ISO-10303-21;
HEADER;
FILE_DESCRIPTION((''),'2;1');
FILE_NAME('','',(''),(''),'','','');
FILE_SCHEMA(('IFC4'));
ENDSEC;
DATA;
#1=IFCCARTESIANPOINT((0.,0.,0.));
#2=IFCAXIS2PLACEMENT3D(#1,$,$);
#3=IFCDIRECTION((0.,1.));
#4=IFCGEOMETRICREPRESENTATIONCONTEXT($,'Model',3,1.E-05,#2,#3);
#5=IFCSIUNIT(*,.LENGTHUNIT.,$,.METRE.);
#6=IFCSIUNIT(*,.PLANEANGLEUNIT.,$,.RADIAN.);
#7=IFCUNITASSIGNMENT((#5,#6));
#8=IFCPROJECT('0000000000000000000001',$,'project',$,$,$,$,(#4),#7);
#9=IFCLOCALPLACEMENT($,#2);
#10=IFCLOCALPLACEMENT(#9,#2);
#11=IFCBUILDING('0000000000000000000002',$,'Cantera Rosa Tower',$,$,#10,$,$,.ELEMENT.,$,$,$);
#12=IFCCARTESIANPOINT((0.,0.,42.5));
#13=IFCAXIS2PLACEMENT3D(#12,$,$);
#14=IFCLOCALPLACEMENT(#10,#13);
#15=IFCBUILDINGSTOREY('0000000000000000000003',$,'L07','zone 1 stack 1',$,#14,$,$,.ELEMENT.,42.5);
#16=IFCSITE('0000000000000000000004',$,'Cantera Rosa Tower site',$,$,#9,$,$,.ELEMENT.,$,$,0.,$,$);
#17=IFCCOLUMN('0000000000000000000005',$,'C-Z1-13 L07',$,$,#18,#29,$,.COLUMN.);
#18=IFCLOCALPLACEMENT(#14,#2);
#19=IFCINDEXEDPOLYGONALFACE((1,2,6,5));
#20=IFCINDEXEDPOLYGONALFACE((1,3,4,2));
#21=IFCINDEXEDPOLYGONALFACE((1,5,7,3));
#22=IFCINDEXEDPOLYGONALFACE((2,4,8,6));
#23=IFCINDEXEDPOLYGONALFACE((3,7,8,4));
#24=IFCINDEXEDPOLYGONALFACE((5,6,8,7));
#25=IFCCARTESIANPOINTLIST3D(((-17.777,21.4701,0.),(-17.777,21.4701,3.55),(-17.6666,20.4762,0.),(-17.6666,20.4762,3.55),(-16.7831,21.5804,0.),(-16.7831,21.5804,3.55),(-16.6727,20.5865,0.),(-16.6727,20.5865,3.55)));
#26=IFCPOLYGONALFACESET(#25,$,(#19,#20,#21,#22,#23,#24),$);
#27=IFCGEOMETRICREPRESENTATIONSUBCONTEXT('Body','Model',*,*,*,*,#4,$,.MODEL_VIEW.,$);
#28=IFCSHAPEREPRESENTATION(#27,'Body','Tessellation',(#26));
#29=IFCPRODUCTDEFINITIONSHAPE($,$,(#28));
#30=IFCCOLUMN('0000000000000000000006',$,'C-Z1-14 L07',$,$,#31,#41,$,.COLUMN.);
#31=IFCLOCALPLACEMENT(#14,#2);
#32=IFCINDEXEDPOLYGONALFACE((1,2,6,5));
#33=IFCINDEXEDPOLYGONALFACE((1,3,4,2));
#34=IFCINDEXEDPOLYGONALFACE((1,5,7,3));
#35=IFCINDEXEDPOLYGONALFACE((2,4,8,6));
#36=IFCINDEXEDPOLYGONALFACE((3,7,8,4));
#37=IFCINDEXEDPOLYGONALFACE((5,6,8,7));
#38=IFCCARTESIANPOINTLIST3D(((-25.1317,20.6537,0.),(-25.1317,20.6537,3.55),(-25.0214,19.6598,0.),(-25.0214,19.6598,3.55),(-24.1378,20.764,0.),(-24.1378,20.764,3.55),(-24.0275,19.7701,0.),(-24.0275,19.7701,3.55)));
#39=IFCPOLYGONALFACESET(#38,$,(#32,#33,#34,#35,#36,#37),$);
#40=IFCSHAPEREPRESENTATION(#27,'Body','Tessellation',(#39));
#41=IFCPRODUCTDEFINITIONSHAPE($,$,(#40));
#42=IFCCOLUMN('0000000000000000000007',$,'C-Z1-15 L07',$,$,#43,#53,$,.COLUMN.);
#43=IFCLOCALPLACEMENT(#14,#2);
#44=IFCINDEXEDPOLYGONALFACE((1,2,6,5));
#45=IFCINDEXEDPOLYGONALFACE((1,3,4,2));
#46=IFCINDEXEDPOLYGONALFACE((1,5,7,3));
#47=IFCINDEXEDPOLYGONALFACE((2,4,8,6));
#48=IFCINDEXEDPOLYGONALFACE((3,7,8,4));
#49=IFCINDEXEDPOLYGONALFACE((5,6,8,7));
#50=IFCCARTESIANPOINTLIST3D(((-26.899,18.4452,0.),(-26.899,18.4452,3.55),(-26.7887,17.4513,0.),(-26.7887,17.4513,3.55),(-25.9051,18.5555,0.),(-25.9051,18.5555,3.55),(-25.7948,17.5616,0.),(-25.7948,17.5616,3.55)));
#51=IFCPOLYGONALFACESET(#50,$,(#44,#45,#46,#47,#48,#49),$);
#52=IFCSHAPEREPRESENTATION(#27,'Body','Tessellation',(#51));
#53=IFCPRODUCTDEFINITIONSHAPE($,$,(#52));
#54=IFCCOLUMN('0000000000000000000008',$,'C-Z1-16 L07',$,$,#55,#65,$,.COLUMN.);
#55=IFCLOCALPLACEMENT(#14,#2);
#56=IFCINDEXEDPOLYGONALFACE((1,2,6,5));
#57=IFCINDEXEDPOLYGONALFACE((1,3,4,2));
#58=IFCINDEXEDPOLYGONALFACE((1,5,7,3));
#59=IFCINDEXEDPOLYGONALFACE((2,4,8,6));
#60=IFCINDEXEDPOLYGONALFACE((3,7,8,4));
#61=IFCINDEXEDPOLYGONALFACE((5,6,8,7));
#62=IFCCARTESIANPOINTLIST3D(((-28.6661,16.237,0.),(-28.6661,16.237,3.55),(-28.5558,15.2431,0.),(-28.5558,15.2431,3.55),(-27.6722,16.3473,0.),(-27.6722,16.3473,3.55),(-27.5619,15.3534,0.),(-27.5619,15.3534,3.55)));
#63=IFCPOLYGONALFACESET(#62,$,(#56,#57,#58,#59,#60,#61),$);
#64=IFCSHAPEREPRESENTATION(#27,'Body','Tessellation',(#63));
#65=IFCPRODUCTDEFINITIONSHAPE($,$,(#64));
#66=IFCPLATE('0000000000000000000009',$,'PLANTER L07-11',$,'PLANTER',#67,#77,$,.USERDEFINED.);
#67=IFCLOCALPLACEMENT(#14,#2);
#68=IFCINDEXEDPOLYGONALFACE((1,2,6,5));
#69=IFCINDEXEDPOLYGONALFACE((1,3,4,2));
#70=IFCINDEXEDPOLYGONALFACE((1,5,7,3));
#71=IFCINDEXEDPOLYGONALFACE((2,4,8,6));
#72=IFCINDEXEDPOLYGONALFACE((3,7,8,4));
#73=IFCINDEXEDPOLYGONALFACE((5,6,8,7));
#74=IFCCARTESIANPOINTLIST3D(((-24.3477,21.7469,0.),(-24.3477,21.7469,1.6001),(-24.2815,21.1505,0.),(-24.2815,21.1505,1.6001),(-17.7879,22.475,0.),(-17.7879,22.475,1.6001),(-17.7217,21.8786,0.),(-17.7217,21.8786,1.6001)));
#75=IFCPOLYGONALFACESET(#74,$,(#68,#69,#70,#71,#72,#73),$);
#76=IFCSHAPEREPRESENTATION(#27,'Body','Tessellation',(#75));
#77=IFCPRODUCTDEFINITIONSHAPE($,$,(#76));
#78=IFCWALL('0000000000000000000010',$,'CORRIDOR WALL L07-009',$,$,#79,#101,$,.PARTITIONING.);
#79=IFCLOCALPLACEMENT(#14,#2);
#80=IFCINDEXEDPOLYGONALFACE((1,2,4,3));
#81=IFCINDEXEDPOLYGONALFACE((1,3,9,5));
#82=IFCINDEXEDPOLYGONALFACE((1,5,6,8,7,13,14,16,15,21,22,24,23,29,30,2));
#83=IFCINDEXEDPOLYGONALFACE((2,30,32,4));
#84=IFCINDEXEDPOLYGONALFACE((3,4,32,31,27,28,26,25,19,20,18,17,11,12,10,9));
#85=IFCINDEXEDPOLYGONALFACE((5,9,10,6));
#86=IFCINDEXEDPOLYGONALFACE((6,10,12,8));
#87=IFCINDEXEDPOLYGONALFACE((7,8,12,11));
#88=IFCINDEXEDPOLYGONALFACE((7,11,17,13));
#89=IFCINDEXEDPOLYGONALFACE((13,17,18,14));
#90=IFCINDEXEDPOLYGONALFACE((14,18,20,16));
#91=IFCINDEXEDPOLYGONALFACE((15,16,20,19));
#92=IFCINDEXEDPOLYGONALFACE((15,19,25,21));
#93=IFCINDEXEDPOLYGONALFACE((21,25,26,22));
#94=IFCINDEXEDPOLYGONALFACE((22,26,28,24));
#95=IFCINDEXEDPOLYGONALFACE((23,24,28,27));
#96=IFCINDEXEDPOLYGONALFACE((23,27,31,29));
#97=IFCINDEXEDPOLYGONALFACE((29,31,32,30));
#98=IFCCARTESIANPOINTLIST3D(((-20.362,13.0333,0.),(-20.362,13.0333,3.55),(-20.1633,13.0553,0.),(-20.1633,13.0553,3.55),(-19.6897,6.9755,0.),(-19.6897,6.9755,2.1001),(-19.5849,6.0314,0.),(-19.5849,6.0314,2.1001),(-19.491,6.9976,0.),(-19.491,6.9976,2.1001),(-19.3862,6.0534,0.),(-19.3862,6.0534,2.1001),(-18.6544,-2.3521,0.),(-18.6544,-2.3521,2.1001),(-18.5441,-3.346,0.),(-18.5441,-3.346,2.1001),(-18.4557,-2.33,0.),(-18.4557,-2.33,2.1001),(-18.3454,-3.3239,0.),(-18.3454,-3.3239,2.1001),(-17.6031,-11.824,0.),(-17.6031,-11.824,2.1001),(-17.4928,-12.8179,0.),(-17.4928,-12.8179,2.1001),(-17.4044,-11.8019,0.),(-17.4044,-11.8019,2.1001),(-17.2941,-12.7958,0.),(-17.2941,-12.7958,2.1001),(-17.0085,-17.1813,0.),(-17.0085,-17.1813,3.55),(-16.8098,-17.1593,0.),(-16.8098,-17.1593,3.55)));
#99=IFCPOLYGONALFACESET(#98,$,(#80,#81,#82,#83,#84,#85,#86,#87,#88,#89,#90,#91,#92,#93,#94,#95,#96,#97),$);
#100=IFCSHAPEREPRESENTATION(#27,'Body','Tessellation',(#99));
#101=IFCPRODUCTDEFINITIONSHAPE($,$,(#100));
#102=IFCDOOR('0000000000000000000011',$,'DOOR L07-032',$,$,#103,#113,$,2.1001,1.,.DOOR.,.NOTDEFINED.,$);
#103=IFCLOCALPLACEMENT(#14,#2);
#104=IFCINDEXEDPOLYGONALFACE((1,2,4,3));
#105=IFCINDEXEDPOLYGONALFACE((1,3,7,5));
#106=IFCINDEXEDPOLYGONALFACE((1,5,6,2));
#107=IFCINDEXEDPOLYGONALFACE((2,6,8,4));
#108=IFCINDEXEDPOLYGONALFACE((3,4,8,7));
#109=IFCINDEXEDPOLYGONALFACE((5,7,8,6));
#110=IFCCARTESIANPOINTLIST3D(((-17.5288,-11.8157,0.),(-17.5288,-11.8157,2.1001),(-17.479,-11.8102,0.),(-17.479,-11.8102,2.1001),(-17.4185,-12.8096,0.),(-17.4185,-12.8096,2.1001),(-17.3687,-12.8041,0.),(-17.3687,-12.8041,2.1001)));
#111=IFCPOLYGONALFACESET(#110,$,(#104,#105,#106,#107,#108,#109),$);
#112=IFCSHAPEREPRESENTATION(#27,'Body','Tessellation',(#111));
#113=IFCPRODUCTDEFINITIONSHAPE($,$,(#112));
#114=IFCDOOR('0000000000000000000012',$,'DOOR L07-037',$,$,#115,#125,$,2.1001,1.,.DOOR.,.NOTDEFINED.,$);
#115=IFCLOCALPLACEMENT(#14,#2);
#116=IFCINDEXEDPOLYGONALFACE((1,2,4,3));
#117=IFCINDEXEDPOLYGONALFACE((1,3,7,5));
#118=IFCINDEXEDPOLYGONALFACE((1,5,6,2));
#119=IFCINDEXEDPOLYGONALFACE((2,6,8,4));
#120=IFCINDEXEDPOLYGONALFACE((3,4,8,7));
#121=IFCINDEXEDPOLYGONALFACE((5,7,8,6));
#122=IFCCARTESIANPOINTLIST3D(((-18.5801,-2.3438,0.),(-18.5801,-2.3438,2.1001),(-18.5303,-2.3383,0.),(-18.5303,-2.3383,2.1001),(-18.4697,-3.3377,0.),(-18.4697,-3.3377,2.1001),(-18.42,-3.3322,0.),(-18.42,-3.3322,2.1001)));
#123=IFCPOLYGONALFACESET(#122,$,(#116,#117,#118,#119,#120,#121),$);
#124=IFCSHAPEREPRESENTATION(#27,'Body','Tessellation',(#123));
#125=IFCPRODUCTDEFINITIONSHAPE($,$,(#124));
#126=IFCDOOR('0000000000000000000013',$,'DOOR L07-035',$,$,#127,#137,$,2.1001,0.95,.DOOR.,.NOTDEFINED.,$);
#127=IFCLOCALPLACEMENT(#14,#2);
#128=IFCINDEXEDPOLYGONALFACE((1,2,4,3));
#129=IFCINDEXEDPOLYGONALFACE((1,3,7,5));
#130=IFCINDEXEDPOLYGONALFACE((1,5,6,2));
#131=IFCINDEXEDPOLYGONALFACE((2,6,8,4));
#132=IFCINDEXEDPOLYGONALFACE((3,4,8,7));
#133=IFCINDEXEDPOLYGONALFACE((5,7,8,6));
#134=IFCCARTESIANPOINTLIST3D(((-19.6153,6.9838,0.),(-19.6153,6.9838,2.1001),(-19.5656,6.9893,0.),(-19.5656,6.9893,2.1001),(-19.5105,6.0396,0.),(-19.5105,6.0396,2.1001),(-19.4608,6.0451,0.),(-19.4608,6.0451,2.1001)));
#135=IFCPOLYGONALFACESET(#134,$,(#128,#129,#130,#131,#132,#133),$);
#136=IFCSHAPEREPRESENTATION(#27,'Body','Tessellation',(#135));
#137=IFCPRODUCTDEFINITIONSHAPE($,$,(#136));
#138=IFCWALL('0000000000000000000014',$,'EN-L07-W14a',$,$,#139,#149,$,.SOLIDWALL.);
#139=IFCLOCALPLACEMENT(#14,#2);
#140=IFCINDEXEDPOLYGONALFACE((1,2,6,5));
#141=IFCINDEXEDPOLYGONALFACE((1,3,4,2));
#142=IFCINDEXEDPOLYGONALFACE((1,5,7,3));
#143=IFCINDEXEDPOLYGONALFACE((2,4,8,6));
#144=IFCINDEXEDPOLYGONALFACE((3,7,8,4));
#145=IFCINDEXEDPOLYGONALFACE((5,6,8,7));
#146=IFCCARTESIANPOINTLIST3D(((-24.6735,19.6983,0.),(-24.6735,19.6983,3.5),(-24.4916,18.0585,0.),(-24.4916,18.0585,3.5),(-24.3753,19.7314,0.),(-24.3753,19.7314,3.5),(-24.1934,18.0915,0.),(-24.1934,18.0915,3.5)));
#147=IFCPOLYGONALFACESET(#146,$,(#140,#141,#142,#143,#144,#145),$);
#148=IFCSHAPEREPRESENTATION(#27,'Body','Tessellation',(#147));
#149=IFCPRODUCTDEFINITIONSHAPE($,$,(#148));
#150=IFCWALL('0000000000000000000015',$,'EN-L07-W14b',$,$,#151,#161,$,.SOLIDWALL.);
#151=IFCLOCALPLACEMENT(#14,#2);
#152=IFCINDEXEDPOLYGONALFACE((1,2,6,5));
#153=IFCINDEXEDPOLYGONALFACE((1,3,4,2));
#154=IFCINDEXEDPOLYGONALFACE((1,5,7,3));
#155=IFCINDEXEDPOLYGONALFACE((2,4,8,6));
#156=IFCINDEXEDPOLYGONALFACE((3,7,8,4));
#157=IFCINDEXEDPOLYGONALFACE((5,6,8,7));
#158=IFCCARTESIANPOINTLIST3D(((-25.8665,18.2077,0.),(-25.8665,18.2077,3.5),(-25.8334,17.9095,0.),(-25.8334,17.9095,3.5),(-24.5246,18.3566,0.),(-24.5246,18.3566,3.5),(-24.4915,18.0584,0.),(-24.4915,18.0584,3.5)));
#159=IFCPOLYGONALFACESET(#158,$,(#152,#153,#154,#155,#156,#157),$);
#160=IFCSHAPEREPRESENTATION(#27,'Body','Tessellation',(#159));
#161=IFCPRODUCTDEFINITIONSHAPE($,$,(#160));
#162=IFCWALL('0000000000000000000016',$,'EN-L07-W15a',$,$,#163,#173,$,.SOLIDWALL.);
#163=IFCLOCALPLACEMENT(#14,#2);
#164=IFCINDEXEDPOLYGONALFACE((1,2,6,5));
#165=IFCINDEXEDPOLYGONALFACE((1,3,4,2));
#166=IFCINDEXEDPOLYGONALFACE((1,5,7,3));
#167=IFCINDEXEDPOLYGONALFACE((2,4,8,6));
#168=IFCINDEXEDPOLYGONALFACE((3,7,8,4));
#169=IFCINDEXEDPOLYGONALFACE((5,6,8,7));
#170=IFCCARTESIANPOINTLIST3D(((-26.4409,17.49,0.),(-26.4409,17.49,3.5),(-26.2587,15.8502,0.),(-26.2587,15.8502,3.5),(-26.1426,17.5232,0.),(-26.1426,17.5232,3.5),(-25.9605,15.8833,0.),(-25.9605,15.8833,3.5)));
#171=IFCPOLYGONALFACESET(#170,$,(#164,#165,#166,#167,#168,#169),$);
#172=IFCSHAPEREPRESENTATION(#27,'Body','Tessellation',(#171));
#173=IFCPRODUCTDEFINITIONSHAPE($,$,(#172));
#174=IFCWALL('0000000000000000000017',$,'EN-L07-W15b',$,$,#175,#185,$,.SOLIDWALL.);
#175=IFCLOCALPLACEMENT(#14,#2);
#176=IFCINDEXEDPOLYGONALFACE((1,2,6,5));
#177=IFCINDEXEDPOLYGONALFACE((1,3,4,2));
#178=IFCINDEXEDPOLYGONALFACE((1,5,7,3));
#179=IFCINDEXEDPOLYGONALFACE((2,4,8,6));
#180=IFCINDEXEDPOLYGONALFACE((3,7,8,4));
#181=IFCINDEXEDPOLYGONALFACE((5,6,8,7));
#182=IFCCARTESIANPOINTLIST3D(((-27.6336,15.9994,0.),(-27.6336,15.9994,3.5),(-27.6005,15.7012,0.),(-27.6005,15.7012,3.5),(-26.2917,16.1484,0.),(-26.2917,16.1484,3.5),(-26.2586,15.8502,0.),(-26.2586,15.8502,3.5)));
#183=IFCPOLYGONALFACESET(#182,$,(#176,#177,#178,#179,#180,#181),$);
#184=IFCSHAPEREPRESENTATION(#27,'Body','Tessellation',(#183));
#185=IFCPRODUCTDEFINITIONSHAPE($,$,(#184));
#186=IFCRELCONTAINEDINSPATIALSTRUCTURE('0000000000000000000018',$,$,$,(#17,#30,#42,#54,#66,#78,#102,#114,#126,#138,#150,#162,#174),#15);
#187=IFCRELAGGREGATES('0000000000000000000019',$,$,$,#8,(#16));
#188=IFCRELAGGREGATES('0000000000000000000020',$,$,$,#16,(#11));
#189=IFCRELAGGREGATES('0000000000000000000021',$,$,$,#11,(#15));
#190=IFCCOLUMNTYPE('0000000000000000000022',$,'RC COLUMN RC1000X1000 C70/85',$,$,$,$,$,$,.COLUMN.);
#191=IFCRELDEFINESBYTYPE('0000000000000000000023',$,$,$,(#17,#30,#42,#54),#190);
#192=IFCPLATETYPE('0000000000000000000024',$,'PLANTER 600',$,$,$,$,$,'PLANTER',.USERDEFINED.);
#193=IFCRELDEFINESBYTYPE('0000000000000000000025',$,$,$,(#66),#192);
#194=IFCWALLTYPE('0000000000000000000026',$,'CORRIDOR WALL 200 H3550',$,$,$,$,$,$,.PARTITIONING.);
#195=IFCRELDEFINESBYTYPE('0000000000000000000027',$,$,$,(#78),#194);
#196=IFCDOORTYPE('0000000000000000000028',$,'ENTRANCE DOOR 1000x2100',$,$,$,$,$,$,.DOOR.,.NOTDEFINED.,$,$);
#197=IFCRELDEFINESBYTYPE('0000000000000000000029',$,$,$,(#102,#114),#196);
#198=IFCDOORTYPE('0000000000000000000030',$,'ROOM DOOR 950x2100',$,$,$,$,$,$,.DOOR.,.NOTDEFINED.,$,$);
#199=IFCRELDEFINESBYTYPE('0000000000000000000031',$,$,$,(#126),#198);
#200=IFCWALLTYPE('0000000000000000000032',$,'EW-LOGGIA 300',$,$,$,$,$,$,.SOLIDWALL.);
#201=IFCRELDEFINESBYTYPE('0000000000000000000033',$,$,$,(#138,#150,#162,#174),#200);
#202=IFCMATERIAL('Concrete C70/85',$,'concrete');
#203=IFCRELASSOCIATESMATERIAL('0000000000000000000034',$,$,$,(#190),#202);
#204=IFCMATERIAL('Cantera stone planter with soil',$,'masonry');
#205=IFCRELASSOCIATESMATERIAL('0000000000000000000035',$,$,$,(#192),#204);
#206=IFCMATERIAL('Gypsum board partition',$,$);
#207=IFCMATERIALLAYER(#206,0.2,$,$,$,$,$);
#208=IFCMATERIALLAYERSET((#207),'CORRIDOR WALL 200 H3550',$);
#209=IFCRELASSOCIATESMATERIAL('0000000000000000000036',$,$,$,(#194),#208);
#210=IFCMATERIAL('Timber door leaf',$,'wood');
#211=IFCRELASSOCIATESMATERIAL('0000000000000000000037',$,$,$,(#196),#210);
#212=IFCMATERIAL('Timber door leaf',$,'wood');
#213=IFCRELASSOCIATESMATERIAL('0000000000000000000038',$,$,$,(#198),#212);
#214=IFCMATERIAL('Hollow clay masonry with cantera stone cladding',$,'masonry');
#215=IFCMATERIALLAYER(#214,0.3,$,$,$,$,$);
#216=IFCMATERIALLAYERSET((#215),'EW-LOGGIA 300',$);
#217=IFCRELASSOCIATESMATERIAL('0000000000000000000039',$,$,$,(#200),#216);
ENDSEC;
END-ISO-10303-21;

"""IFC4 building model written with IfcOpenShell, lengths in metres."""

from ifc_helpers import new_model, si_unit, direction, frame, frame_2d, origin, origin_2d, place, context, subcontext, project, spatial, rectangle, extrude, material, layer, layer_set, material_profile, profile_set, type_object, element, fill, save


model = new_model("IFC4")

# Units and contexts
model_context = context("Model", 3, precision=1e-05, world=origin(), true_north=direction((0.0, 1.0)))
body_context = subcontext(model_context, "Body", "Model", "MODEL_VIEW")
ifc_project = project(units=[si_unit("LENGTHUNIT", "METRE"), si_unit("PLANEANGLEUNIT", "RADIAN")], contexts=[model_context])

# Site, building, storey
site_placement = place(None, origin())
site = spatial("IfcSite", under=ifc_project, at=site_placement, Name="Cantera Rosa Tower site", CompositionType="ELEMENT", RefElevation=0.0)
building_placement = place(site_placement, origin())
building = spatial("IfcBuilding", under=site, at=building_placement, Name="Cantera Rosa Tower", CompositionType="ELEMENT")
storey_placement = place(building_placement, frame((0.0, 0.0, 42.5)))
storey = spatial("IfcBuildingStorey", under=building, at=storey_placement, Name="L07", Description="zone 1 stack 1", CompositionType="ELEMENT", Elevation=42.5)

# Columns
ifc_material_1 = material(Name="Concrete C70/85", Category="concrete")
ifc_material_profile = material_profile(ifc_material_1, rectangle(XDim=1.0, YDim=1.0, at=origin_2d()), Name="RC COLUMN RC1000X1000 C70/85")
ifc_profile_set = profile_set([ifc_material_profile], Name="Concrete C70/85")
column_type = type_object("IfcColumnType", Name="RC COLUMN RC1000X1000 C70/85", PredefinedType="COLUMN", material=ifc_profile_set)
for number, where, z_axis, x_axis, name in (
    (1, (-17.2249, 21.0283, 0.0), (0.0, 0.0, 1.0), (0.993897, 0.110313, 0.0), "C-Z1-13 L07"),
    (2, (-24.5796, 20.2119, 0.0), (0.0, 0.0, 1.0), (0.993897, 0.110313, 0.0), "C-Z1-14 L07"),
    (3, (-26.3469, 18.0034, 0.0), (0.0, 0.0, 1.0), (0.993897, 0.110313, 0.0), "C-Z1-15 L07"),
    (4, (-28.114, 15.7952, 0.0), (0.0, 0.0, 1.0), (0.993897, 0.110313, 0.0), "C-Z1-16 L07"),
):
    element("IfcColumn", number, at=place(storey_placement, frame(where, z_axis=z_axis, x_axis=x_axis)), inside=storey, type_object=column_type, Name=name, PredefinedType="COLUMN", context=body_context, shape_type="SweptSolid", body=[
        extrude(rectangle(XDim=1.0, YDim=1.0, at=origin_2d()), origin(), (0.0, 0.0, 1.0), 3.55),
    ])

# Plate
ifc_material_2 = material(Name="Cantera stone planter with soil", Category="masonry")
plate_type = type_object("IfcPlateType", Name="PLANTER 600", ElementType="PLANTER", PredefinedType="USERDEFINED", material=ifc_material_2)
plate_placement = place(storey_placement, frame((-21.0347, 21.8127, 0.0), z_axis=(0.0, 0.0, 1.0), x_axis=(-0.993897, -0.110313, 0.0)))
element("IfcPlate", 5, at=plate_placement, inside=storey, type_object=plate_type, Name="PLANTER L07-11", ObjectType="PLANTER", PredefinedType="USERDEFINED", context=body_context, shape_type="SweptSolid", body=[
    extrude(rectangle(XDim=6.6001, YDim=0.6001, at=origin_2d()), origin(), (0.0, 0.0, 1.0), 1.6001),
])

# Wall, openings, doors
ifc_material_3 = material(Name="Gypsum board partition")
ifc_layer_1 = layer(ifc_material_3, 0.2)
ifc_layer_set_1 = layer_set([ifc_layer_1], Name="CORRIDOR WALL 200 H3550")
wall_type_1 = type_object("IfcWallType", Name="CORRIDOR WALL 200 H3550", PredefinedType="PARTITIONING", material=ifc_layer_set_1)
wall_1_placement = place(storey_placement, frame((-20.2627, 13.0444, 0.0), z_axis=(0.0, 0.0, 1.0), x_axis=(0.110313, -0.993897, 0.0)))
wall_1 = element("IfcWall", 6, at=wall_1_placement, inside=storey, type_object=wall_type_1, Name="CORRIDOR WALL L07-009", PredefinedType="PARTITIONING", context=body_context, shape_type="SweptSolid", body=[
    extrude(rectangle(XDim=30.4001, YDim=0.2, at=frame_2d((15.2002, 0.0))), origin(), (0.0, 0.0, 1.0), 3.55),
])
opening_1_placement = place(wall_1_placement, frame((25.01, 0.0, 0.0)))
opening_1 = element("IfcOpeningElement", 7, at=opening_1_placement, cuts=wall_1, PredefinedType="OPENING", context=body_context, shape_type="SweptSolid", body=[
    extrude(rectangle(XDim=1.0, YDim=2.1001, at=frame_2d((0.5, 1.05))), frame((0.0, 0.1099, 0.0), z_axis=(0.0, -1.0, 0.0), x_axis=(1.0, 0.0, 0.0)), (0.0, 0.0, 1.0), 0.22),
])
opening_2_placement = place(wall_1_placement, frame((6.095, 0.0, 0.0)))
opening_2 = element("IfcOpeningElement", 8, at=opening_2_placement, cuts=wall_1, PredefinedType="OPENING", context=body_context, shape_type="SweptSolid", body=[
    extrude(rectangle(XDim=0.95, YDim=2.1001, at=frame_2d((0.4751, 1.05))), frame((0.0, 0.1099, 0.0), z_axis=(0.0, -1.0, 0.0), x_axis=(1.0, 0.0, 0.0)), (0.0, 0.0, 1.0), 0.22),
])
opening_3_placement = place(wall_1_placement, frame((15.48, 0.0, 0.0)))
opening_3 = element("IfcOpeningElement", 9, at=opening_3_placement, cuts=wall_1, PredefinedType="OPENING", context=body_context, shape_type="SweptSolid", body=[
    extrude(rectangle(XDim=1.0, YDim=2.1001, at=frame_2d((0.5, 1.05))), frame((0.0, 0.1099, 0.0), z_axis=(0.0, -1.0, 0.0), x_axis=(1.0, 0.0, 0.0)), (0.0, 0.0, 1.0), 0.22),
])
ifc_material_4 = material(Name="Timber door leaf", Category="wood")
door_type_1 = type_object("IfcDoorType", Name="ENTRANCE DOOR 1000x2100", OperationType="NOTDEFINED", PredefinedType="DOOR", material=ifc_material_4)
door_1_placement = place(opening_1_placement, origin())
door_1 = element("IfcDoor", 10, at=door_1_placement, inside=storey, type_object=door_type_1, Name="DOOR L07-032", OperationType="NOTDEFINED", OverallHeight=2.1001, OverallWidth=1.0, PredefinedType="DOOR", context=body_context, shape_type="SweptSolid", body=[
    extrude(rectangle(XDim=1.0, YDim=2.1001, at=frame_2d((0.5, 1.05))), frame((0.0, 0.0249, 0.0), z_axis=(0.0, -1.0, 0.0), x_axis=(1.0, 0.0, 0.0)), (0.0, 0.0, 1.0), 0.05),
])
fill(opening_1, door_1)
door_2_placement = place(opening_3_placement, origin())
door_2 = element("IfcDoor", 11, at=door_2_placement, inside=storey, type_object=door_type_1, Name="DOOR L07-037", OperationType="NOTDEFINED", OverallHeight=2.1001, OverallWidth=1.0, PredefinedType="DOOR", context=body_context, shape_type="SweptSolid", body=[
    extrude(rectangle(XDim=1.0, YDim=2.1001, at=frame_2d((0.5, 1.05))), frame((0.0, 0.0249, 0.0), z_axis=(0.0, -1.0, 0.0), x_axis=(1.0, 0.0, 0.0)), (0.0, 0.0, 1.0), 0.05),
])
fill(opening_3, door_2)
ifc_material_5 = material(Name="Timber door leaf", Category="wood")
door_type_2 = type_object("IfcDoorType", Name="ROOM DOOR 950x2100", OperationType="NOTDEFINED", PredefinedType="DOOR", material=ifc_material_5)
door_3_placement = place(opening_2_placement, origin())
door_3 = element("IfcDoor", 12, at=door_3_placement, inside=storey, type_object=door_type_2, Name="DOOR L07-035", OperationType="NOTDEFINED", OverallHeight=2.1001, OverallWidth=0.95, PredefinedType="DOOR", context=body_context, shape_type="SweptSolid", body=[
    extrude(rectangle(XDim=0.95, YDim=2.1001, at=frame_2d((0.4751, 1.05))), frame((0.0, 0.0249, 0.0), z_axis=(0.0, -1.0, 0.0), x_axis=(1.0, 0.0, 0.0)), (0.0, 0.0, 1.0), 0.05),
])
fill(opening_2, door_3)

# Walls
ifc_material_6 = material(Name="Hollow clay masonry with cantera stone cladding", Category="masonry")
ifc_layer_2 = layer(ifc_material_6, 0.3)
ifc_layer_set_2 = layer_set([ifc_layer_2], Name="EW-LOGGIA 300")
wall_type_2 = type_object("IfcWallType", Name="EW-LOGGIA 300", PredefinedType="SOLIDWALL", material=ifc_layer_set_2)
wall_2_placement = place(storey_placement, frame((-24.5244, 19.7148, 0.0), z_axis=(0.0, 0.0, 1.0), x_axis=(0.110237, -0.993905, 0.0)))
element("IfcWall", 13, at=wall_2_placement, inside=storey, type_object=wall_type_2, Name="EN-L07-W14a", PredefinedType="SOLIDWALL", context=body_context, shape_type="SweptSolid", body=[
    extrude(rectangle(XDim=1.6499, YDim=0.3, at=frame_2d((0.825, 0.0))), origin(), (0.0, 0.0, 1.0), 3.5),
])
wall_3_placement = place(storey_placement, frame((-24.5081, 18.2075, 0.0), z_axis=(0.0, 0.0, 1.0), x_axis=(-0.993897, -0.110312, 0.0)))
element("IfcWall", 14, at=wall_3_placement, inside=storey, type_object=wall_type_2, Name="EN-L07-W14b", PredefinedType="SOLIDWALL", context=body_context, shape_type="SweptSolid", body=[
    extrude(rectangle(XDim=1.3501, YDim=0.3, at=frame_2d((0.675, 0.0))), origin(), (0.0, 0.0, 1.0), 3.5),
])
wall_4_placement = place(storey_placement, frame((-26.2917, 17.5066, 0.0), z_axis=(0.0, 0.0, 1.0), x_axis=(0.110383, -0.993889, 0.0)))
element("IfcWall", 15, at=wall_4_placement, inside=storey, type_object=wall_type_2, Name="EN-L07-W15a", PredefinedType="SOLIDWALL", context=body_context, shape_type="SweptSolid", body=[
    extrude(rectangle(XDim=1.6499, YDim=0.3, at=frame_2d((0.825, 0.0))), origin(), (0.0, 0.0, 1.0), 3.5),
])
wall_5_placement = place(storey_placement, frame((-26.2751, 15.9993, 0.0), z_axis=(0.0, 0.0, 1.0), x_axis=(-0.993897, -0.110312, 0.0)))
element("IfcWall", 16, at=wall_5_placement, inside=storey, type_object=wall_type_2, Name="EN-L07-W15b", PredefinedType="SOLIDWALL", context=body_context, shape_type="SweptSolid", body=[
    extrude(rectangle(XDim=1.3501, YDim=0.3, at=frame_2d((0.675, 0.0))), origin(), (0.0, 0.0, 1.0), 3.5),
])

save(model, "model.ifc")
